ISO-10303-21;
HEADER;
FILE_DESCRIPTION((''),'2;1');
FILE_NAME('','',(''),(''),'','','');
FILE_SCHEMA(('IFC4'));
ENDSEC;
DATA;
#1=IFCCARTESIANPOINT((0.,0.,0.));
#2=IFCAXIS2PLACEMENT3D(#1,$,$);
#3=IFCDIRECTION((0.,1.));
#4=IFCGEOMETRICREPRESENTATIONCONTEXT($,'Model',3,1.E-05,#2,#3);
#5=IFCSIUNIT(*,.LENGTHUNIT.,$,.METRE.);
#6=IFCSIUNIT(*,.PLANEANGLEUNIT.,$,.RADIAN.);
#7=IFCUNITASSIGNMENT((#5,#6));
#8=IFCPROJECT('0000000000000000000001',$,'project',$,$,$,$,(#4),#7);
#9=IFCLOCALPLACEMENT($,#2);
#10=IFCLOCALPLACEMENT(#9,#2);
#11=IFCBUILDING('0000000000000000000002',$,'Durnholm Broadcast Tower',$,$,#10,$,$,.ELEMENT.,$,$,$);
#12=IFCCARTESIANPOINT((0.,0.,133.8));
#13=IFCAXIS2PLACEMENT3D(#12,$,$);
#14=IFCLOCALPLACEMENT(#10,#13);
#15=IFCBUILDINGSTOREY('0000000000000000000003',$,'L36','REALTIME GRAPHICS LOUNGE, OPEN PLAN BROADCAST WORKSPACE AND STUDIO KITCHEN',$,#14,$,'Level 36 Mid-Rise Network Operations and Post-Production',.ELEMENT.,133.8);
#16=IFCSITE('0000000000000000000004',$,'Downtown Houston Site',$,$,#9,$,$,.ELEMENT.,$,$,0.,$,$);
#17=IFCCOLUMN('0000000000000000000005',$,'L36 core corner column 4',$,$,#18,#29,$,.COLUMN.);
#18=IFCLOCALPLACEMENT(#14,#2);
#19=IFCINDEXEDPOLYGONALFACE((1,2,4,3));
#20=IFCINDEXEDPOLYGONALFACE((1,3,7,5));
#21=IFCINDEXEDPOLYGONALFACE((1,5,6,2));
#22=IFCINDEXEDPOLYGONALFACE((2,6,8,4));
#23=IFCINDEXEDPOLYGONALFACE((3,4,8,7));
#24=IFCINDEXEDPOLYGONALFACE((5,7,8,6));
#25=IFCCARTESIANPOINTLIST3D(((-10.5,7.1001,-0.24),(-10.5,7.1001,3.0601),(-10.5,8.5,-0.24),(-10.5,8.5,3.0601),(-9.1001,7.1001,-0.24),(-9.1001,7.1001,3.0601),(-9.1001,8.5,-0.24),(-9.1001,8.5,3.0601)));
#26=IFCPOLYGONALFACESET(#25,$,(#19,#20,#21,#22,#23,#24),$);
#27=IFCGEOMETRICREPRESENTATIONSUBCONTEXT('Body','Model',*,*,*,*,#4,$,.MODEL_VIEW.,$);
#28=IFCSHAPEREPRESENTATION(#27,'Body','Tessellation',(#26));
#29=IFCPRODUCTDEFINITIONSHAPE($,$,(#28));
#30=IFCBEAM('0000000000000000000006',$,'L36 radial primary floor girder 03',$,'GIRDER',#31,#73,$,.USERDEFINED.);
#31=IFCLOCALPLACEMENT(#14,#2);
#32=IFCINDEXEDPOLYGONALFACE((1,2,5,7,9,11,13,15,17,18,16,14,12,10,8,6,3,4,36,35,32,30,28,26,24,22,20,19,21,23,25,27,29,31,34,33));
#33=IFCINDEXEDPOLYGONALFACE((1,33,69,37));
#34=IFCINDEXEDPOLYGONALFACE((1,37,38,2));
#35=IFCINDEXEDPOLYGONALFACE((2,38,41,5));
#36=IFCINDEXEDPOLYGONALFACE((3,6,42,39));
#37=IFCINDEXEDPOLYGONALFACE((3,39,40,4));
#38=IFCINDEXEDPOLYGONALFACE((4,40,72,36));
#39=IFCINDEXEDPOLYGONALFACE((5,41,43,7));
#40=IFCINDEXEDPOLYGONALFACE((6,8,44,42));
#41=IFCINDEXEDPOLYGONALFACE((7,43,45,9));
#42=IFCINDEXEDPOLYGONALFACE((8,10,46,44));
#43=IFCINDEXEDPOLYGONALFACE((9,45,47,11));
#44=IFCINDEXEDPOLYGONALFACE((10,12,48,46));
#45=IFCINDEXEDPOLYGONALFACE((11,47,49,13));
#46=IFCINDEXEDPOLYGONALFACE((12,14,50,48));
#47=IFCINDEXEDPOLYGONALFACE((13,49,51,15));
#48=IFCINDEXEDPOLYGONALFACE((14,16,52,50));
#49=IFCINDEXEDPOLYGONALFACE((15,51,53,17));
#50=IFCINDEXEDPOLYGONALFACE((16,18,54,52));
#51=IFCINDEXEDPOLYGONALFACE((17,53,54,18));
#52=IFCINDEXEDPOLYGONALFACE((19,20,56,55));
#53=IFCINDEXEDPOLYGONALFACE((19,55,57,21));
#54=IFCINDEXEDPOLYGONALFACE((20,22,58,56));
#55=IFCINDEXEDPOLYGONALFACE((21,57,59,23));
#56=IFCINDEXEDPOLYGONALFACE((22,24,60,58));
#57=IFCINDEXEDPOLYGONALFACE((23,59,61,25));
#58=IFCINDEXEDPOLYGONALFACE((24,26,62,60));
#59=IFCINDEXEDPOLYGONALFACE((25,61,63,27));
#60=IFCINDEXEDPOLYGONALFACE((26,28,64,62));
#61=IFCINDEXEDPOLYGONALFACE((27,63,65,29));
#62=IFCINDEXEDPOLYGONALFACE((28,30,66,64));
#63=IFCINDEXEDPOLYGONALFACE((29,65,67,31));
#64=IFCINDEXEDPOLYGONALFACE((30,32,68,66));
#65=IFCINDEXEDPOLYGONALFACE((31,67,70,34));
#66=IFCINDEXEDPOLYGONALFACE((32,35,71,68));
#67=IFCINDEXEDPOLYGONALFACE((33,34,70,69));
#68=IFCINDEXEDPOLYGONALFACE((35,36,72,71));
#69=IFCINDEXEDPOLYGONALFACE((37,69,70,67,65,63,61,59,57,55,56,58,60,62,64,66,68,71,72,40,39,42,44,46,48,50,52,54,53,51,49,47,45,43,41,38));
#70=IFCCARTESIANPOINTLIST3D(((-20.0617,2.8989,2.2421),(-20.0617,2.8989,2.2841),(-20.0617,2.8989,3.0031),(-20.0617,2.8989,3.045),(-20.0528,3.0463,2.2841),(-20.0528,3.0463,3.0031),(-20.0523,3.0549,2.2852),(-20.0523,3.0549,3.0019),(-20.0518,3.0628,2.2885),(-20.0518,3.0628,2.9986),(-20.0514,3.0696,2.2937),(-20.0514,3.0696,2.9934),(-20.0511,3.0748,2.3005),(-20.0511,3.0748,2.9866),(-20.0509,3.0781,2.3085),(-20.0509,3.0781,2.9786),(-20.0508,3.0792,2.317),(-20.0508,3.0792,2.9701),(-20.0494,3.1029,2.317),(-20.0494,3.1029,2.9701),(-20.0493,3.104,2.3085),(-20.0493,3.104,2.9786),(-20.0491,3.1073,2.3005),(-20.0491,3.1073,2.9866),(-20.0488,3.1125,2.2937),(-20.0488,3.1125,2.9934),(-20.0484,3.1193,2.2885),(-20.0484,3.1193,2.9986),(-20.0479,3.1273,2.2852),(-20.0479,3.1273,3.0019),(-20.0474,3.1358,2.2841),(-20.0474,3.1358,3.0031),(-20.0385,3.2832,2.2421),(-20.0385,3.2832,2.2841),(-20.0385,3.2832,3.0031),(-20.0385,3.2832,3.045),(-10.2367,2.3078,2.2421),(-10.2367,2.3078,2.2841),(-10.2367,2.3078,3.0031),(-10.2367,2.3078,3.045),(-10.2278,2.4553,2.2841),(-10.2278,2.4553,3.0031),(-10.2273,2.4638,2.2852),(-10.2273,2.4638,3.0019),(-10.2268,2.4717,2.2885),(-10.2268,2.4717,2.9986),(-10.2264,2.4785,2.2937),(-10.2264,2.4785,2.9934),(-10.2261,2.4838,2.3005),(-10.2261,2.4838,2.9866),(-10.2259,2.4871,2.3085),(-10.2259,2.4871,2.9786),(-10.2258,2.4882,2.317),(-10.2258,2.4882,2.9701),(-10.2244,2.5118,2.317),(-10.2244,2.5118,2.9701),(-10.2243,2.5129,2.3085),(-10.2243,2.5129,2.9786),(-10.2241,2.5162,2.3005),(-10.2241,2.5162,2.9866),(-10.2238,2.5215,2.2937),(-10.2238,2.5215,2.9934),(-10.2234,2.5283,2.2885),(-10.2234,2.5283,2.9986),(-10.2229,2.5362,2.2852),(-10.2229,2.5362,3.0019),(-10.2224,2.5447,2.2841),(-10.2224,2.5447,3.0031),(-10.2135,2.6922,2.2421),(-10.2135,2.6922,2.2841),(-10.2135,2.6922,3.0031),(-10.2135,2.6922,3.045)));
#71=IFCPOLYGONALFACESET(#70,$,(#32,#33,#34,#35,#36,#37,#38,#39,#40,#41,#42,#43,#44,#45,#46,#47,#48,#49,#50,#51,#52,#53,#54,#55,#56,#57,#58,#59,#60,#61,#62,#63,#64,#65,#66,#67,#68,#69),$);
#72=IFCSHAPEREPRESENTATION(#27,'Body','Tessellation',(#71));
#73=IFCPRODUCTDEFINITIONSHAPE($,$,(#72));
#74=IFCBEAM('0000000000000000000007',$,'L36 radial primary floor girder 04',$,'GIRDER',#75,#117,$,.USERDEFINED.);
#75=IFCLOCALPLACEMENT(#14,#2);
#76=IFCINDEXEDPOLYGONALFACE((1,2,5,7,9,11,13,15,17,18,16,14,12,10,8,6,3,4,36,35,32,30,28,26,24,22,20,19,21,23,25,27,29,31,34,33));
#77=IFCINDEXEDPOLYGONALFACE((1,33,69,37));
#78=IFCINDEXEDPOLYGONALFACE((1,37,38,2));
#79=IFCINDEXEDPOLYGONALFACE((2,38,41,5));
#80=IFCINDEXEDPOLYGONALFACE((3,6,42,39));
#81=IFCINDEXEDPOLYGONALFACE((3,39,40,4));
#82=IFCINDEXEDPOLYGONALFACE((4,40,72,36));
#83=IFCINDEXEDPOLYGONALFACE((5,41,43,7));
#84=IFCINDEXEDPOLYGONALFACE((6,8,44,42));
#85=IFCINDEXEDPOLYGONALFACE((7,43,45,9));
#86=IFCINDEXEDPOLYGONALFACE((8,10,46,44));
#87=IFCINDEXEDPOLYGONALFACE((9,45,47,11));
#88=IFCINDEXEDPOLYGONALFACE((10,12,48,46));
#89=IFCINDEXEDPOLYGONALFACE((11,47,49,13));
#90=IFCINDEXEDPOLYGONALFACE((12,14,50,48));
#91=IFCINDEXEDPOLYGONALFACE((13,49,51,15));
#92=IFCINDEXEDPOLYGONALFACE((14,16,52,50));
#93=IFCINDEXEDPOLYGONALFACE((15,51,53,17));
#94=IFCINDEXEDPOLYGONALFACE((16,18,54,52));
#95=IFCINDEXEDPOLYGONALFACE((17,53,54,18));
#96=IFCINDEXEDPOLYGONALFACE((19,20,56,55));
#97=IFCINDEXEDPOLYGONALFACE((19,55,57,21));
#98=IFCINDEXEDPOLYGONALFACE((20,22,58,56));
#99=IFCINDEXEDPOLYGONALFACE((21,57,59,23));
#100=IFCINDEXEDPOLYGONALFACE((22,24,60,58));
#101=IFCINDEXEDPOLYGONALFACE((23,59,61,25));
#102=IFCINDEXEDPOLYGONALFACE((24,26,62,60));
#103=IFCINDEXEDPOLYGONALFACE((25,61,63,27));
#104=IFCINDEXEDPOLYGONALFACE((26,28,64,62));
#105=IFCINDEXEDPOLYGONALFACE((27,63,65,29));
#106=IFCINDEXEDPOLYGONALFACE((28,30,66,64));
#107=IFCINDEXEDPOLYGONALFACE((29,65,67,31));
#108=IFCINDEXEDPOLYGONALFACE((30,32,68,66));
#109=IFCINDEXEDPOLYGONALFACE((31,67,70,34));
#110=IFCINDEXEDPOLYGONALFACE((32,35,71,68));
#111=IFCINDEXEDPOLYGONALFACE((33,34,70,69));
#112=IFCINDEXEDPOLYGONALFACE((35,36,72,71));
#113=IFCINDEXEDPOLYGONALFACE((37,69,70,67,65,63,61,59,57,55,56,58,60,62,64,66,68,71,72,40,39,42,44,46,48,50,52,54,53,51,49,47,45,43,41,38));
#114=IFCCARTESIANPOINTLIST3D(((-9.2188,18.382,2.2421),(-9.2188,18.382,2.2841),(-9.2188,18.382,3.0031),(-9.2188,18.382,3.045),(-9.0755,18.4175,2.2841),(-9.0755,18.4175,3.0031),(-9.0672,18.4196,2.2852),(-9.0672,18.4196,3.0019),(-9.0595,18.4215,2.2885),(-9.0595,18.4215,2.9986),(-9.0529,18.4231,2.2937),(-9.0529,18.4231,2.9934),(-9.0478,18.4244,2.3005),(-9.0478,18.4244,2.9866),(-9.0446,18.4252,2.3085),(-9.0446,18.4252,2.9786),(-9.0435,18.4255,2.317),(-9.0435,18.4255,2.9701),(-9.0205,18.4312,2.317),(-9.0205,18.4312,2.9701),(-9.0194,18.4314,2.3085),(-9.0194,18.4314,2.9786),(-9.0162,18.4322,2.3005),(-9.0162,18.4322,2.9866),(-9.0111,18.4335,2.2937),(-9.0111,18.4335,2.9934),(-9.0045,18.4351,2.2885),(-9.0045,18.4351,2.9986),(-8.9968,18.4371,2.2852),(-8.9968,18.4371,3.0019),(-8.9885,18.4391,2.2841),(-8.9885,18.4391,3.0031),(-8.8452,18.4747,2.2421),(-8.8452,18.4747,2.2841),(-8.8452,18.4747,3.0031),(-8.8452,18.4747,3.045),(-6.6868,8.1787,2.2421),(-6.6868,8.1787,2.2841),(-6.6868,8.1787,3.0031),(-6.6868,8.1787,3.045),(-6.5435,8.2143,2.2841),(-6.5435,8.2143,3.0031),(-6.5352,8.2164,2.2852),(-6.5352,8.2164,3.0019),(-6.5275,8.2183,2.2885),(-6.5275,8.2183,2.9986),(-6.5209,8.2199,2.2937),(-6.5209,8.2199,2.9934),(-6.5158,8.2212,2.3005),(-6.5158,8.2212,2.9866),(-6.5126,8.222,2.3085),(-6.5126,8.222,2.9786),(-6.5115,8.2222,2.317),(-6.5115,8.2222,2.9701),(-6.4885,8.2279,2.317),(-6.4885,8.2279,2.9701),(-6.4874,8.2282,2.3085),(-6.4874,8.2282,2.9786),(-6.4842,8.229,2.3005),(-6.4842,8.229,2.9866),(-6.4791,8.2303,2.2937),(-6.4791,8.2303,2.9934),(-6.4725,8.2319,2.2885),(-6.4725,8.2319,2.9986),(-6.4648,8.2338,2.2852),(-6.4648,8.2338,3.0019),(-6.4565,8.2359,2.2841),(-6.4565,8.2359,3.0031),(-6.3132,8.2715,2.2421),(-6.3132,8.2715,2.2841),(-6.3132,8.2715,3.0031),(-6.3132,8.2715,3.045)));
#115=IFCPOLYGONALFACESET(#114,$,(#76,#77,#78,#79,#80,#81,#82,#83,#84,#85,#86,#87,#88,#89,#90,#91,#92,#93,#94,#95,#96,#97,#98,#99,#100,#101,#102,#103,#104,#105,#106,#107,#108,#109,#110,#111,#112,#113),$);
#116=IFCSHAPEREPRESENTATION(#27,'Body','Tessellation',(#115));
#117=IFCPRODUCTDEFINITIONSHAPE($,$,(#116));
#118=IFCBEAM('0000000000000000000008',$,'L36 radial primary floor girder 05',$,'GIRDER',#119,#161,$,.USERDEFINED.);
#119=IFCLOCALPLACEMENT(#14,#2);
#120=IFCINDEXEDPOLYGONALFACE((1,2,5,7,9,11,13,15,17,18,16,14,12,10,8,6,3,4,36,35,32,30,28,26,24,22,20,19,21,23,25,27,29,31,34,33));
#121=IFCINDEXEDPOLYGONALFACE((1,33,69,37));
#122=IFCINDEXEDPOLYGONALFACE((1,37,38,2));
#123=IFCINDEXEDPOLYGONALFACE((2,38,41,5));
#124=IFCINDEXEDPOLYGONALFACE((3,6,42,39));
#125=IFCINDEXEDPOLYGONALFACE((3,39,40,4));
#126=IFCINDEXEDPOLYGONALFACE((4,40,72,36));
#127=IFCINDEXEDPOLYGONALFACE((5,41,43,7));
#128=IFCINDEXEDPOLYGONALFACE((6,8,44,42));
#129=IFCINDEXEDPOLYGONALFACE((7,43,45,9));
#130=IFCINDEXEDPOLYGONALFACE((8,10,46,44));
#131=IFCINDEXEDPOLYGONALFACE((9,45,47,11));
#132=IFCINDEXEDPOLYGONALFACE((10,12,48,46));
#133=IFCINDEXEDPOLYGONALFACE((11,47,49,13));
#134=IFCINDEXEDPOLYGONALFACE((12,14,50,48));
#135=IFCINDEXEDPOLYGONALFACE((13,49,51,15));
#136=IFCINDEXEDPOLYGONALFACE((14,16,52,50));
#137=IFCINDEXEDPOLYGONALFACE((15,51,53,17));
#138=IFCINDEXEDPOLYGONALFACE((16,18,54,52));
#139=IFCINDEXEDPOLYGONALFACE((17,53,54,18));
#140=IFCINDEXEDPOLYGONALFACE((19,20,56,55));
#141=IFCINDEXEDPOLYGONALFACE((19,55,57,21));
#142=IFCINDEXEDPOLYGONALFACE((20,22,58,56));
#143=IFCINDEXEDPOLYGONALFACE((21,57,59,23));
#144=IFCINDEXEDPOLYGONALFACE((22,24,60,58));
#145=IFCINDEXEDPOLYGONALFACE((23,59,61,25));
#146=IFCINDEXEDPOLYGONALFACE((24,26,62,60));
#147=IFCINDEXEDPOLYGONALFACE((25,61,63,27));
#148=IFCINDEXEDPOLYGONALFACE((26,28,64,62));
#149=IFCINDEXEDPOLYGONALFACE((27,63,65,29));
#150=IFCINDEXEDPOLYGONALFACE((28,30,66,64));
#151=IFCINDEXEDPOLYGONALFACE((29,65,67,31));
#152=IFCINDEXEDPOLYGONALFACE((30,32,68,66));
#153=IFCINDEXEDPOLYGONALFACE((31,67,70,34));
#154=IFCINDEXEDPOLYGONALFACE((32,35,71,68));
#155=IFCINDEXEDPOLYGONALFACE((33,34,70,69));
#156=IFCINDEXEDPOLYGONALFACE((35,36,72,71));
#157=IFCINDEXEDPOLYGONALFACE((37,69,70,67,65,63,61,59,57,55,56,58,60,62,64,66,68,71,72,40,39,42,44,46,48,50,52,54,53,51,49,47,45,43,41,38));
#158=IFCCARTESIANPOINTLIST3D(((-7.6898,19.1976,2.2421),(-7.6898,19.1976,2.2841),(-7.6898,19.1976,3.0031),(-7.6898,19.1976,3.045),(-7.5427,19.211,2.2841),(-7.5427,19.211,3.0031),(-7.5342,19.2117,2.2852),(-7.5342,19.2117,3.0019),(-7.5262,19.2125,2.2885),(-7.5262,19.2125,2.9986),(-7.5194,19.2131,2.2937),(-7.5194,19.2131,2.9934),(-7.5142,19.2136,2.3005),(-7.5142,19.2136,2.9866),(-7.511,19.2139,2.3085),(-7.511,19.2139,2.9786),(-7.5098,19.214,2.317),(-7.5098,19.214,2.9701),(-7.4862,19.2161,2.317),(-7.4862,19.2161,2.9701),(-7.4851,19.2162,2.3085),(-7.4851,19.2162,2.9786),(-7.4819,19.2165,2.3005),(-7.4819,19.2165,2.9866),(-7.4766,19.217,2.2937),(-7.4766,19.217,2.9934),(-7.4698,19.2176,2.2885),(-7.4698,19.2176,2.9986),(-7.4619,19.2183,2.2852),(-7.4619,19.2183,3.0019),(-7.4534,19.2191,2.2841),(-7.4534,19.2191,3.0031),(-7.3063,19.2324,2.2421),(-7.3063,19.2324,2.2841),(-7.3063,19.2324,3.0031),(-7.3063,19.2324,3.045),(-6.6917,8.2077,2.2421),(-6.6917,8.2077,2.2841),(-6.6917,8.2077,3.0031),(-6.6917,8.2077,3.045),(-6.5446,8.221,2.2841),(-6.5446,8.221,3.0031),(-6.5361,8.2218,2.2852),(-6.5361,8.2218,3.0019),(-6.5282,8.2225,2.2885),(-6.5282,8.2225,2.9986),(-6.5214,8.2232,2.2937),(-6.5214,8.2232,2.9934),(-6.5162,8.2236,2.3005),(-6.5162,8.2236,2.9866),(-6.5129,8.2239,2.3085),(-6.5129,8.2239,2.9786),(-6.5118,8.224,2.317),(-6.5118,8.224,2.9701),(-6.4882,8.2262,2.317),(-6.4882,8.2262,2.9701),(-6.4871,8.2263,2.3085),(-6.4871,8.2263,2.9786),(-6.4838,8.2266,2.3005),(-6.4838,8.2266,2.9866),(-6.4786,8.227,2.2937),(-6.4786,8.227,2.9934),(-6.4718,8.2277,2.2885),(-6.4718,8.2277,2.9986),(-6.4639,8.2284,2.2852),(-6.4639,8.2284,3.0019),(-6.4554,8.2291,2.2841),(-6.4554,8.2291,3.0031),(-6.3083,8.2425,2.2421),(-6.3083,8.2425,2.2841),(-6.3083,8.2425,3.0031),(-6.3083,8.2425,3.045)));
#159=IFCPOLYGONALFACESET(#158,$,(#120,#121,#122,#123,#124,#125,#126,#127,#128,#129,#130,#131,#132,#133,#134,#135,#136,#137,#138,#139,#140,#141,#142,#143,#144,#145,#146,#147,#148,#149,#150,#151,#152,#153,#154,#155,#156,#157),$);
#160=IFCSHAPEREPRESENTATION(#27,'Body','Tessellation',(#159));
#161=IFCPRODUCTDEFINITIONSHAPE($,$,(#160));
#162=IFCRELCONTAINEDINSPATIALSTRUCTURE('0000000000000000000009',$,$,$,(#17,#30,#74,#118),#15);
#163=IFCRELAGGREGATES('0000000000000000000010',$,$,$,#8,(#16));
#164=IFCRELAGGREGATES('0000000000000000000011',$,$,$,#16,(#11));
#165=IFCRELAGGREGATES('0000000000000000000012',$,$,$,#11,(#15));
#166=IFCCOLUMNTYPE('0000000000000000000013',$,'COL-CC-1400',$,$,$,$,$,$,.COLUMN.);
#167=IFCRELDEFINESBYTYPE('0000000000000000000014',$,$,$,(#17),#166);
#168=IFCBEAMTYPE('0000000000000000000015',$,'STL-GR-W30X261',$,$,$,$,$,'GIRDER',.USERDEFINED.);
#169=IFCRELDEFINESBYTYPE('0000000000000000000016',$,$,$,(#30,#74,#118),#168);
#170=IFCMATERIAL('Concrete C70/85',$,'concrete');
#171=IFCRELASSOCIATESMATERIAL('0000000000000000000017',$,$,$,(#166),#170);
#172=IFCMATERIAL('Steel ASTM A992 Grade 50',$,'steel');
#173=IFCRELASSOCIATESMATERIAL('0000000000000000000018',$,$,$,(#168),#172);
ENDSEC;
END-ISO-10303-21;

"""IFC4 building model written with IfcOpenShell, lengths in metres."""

from ifc_helpers import new_model, si_unit, direction, frame, origin, origin_2d, place, context, subcontext, project, spatial, rectangle, i_section, extrude, source, transform, mapped, material, material_profile, profile_set, type_object, type_shapes, element, save


model = new_model("IFC4")

# Units and contexts
model_context = context("Model", 3, precision=1e-05, world=origin(), true_north=direction((0.0, 1.0)))
body_context = subcontext(model_context, "Body", "Model", "MODEL_VIEW")
ifc_project = project(units=[si_unit("LENGTHUNIT", "METRE"), si_unit("PLANEANGLEUNIT", "RADIAN")], contexts=[model_context])

# Site, building, storey
site_placement = place(None, origin())
site = spatial("IfcSite", under=ifc_project, at=site_placement, Name="Downtown Houston Site", CompositionType="ELEMENT", RefElevation=0.0)
building_placement = place(site_placement, origin())
building = spatial("IfcBuilding", under=site, at=building_placement, Name="Durnholm Broadcast Tower", CompositionType="ELEMENT")
storey_placement = place(building_placement, frame((0.0, 0.0, 133.8)))
storey = spatial("IfcBuildingStorey", under=building, at=storey_placement, Name="L36", Description="REALTIME GRAPHICS LOUNGE, OPEN PLAN BROADCAST WORKSPACE AND STUDIO KITCHEN", LongName="Level 36 Mid-Rise Network Operations and Post-Production", CompositionType="ELEMENT", Elevation=133.8)

# Column
ifc_material_1 = material(Name="Concrete C70/85", Category="concrete")
ifc_material_profile_1 = material_profile(ifc_material_1, rectangle(XDim=1.3999, YDim=1.3999, at=origin_2d()), Name="RC1400X1400")
ifc_profile_set_1 = profile_set([ifc_material_profile_1], Name="Concrete C70/85")
column_type = type_object("IfcColumnType", Name="COL-CC-1400", PredefinedType="COLUMN", material=ifc_profile_set_1)
shared_shape_1 = source(origin(), body_context, "Body", "SweptSolid", [
    extrude(rectangle(XDim=1.3999, YDim=1.3999, at=origin_2d()), origin(), (0.0, 0.0, 1.0), 3.3),
])
type_shapes(column_type, [shared_shape_1])
column_placement = place(storey_placement, frame((-9.8, 7.8, -0.24), z_axis=(0.0, 0.0, 1.0), x_axis=(1.0, 0.0, 0.0)))
element("IfcColumn", 1, at=column_placement, inside=storey, type_object=column_type, Name="L36 core corner column 4", PredefinedType="COLUMN", context=body_context, shape_type="MappedRepresentation", body=[
    mapped(shared_shape_1, transform((0.0, 0.0, 0.0), x_axis=(1.0, 0.0, 0.0), y_axis=(0.0, 1.0, 0.0), z_axis=(0.0, 0.0, 1.0), scale=1.0)),
])

# Beams
ifc_material_2 = material(Name="Steel ASTM A992 Grade 50", Category="steel")
ifc_material_profile_2 = material_profile(ifc_material_2, i_section(OverallWidth=0.385, OverallDepth=0.803, WebThickness=0.0237, FlangeThickness=0.042, FilletRadius=0.033, at=origin_2d()), Name="W30X261")
ifc_profile_set_2 = profile_set([ifc_material_profile_2], Name="Steel ASTM A992 Grade 50")
beam_type_1 = type_object("IfcBeamType", Name="STL-GR-W30X261", ElementType="GIRDER", PredefinedType="USERDEFINED", material=ifc_profile_set_2)
shared_shape_2 = source(origin(), body_context, "Body", "SweptSolid", [
    extrude(i_section(OverallWidth=0.385, OverallDepth=0.803, WebThickness=0.0237, FlangeThickness=0.042, FilletRadius=0.033, at=origin_2d()), origin(), (0.0, 0.0, 1.0), 9.8428),
])
beam_1_placement = place(storey_placement, frame((-10.2251, 2.5, 2.6436), z_axis=(-0.998195, 0.060051, 0.0), x_axis=(-0.060051, -0.998195, 0.0)))
element("IfcBeam", 2, at=beam_1_placement, inside=storey, type_object=beam_type_1, Name="L36 radial primary floor girder 03", ObjectType="GIRDER", PredefinedType="USERDEFINED", context=body_context, shape_type="MappedRepresentation", body=[
    mapped(shared_shape_2, transform((0.0, 0.0, 0.0), x_axis=(1.0, 0.0, 0.0), y_axis=(0.0, 1.0, 0.0), z_axis=(0.0, 0.0, 1.0), scale=1.0)),
])
shared_shape_3 = source(origin(), body_context, "Body", "SweptSolid", [
    extrude(i_section(OverallWidth=0.385, OverallDepth=0.803, WebThickness=0.0237, FlangeThickness=0.042, FilletRadius=0.033, at=origin_2d()), origin(), (0.0, 0.0, 1.0), 10.5127),
])
beam_2_placement = place(storey_placement, frame((-6.5, 8.2251, 2.6436), z_axis=(-0.240852, 0.970562, 0.0), x_axis=(-0.970562, -0.240852, 0.0)))
element("IfcBeam", 3, at=beam_2_placement, inside=storey, type_object=beam_type_1, Name="L36 radial primary floor girder 04", ObjectType="GIRDER", PredefinedType="USERDEFINED", context=body_context, shape_type="MappedRepresentation", body=[
    mapped(shared_shape_3, transform((0.0, 0.0, 0.0), x_axis=(1.0, 0.0, 0.0), y_axis=(0.0, 1.0, 0.0), z_axis=(0.0, 0.0, 1.0), scale=1.0)),
])
shared_shape_4 = source(origin(), body_context, "Body", "SweptSolid", [
    extrude(i_section(OverallWidth=0.385, OverallDepth=0.803, WebThickness=0.0237, FlangeThickness=0.042, FilletRadius=0.033, at=origin_2d()), origin(), (0.0, 0.0, 1.0), 11.0352),
])
type_shapes(beam_type_1, [shared_shape_2, shared_shape_3, shared_shape_4])
beam_3_placement = place(storey_placement, frame((-6.5, 8.2251, 2.6436), z_axis=(-0.090442, 0.995902, 0.0), x_axis=(-0.995902, -0.090442, 0.0)))
element("IfcBeam", 4, at=beam_3_placement, inside=storey, type_object=beam_type_1, Name="L36 radial primary floor girder 05", ObjectType="GIRDER", PredefinedType="USERDEFINED", context=body_context, shape_type="MappedRepresentation", body=[
    mapped(shared_shape_4, transform((0.0, 0.0, 0.0), x_axis=(1.0, 0.0, 0.0), y_axis=(0.0, 1.0, 0.0), z_axis=(0.0, 0.0, 1.0), scale=1.0)),
])

save(model, "model.ifc")
